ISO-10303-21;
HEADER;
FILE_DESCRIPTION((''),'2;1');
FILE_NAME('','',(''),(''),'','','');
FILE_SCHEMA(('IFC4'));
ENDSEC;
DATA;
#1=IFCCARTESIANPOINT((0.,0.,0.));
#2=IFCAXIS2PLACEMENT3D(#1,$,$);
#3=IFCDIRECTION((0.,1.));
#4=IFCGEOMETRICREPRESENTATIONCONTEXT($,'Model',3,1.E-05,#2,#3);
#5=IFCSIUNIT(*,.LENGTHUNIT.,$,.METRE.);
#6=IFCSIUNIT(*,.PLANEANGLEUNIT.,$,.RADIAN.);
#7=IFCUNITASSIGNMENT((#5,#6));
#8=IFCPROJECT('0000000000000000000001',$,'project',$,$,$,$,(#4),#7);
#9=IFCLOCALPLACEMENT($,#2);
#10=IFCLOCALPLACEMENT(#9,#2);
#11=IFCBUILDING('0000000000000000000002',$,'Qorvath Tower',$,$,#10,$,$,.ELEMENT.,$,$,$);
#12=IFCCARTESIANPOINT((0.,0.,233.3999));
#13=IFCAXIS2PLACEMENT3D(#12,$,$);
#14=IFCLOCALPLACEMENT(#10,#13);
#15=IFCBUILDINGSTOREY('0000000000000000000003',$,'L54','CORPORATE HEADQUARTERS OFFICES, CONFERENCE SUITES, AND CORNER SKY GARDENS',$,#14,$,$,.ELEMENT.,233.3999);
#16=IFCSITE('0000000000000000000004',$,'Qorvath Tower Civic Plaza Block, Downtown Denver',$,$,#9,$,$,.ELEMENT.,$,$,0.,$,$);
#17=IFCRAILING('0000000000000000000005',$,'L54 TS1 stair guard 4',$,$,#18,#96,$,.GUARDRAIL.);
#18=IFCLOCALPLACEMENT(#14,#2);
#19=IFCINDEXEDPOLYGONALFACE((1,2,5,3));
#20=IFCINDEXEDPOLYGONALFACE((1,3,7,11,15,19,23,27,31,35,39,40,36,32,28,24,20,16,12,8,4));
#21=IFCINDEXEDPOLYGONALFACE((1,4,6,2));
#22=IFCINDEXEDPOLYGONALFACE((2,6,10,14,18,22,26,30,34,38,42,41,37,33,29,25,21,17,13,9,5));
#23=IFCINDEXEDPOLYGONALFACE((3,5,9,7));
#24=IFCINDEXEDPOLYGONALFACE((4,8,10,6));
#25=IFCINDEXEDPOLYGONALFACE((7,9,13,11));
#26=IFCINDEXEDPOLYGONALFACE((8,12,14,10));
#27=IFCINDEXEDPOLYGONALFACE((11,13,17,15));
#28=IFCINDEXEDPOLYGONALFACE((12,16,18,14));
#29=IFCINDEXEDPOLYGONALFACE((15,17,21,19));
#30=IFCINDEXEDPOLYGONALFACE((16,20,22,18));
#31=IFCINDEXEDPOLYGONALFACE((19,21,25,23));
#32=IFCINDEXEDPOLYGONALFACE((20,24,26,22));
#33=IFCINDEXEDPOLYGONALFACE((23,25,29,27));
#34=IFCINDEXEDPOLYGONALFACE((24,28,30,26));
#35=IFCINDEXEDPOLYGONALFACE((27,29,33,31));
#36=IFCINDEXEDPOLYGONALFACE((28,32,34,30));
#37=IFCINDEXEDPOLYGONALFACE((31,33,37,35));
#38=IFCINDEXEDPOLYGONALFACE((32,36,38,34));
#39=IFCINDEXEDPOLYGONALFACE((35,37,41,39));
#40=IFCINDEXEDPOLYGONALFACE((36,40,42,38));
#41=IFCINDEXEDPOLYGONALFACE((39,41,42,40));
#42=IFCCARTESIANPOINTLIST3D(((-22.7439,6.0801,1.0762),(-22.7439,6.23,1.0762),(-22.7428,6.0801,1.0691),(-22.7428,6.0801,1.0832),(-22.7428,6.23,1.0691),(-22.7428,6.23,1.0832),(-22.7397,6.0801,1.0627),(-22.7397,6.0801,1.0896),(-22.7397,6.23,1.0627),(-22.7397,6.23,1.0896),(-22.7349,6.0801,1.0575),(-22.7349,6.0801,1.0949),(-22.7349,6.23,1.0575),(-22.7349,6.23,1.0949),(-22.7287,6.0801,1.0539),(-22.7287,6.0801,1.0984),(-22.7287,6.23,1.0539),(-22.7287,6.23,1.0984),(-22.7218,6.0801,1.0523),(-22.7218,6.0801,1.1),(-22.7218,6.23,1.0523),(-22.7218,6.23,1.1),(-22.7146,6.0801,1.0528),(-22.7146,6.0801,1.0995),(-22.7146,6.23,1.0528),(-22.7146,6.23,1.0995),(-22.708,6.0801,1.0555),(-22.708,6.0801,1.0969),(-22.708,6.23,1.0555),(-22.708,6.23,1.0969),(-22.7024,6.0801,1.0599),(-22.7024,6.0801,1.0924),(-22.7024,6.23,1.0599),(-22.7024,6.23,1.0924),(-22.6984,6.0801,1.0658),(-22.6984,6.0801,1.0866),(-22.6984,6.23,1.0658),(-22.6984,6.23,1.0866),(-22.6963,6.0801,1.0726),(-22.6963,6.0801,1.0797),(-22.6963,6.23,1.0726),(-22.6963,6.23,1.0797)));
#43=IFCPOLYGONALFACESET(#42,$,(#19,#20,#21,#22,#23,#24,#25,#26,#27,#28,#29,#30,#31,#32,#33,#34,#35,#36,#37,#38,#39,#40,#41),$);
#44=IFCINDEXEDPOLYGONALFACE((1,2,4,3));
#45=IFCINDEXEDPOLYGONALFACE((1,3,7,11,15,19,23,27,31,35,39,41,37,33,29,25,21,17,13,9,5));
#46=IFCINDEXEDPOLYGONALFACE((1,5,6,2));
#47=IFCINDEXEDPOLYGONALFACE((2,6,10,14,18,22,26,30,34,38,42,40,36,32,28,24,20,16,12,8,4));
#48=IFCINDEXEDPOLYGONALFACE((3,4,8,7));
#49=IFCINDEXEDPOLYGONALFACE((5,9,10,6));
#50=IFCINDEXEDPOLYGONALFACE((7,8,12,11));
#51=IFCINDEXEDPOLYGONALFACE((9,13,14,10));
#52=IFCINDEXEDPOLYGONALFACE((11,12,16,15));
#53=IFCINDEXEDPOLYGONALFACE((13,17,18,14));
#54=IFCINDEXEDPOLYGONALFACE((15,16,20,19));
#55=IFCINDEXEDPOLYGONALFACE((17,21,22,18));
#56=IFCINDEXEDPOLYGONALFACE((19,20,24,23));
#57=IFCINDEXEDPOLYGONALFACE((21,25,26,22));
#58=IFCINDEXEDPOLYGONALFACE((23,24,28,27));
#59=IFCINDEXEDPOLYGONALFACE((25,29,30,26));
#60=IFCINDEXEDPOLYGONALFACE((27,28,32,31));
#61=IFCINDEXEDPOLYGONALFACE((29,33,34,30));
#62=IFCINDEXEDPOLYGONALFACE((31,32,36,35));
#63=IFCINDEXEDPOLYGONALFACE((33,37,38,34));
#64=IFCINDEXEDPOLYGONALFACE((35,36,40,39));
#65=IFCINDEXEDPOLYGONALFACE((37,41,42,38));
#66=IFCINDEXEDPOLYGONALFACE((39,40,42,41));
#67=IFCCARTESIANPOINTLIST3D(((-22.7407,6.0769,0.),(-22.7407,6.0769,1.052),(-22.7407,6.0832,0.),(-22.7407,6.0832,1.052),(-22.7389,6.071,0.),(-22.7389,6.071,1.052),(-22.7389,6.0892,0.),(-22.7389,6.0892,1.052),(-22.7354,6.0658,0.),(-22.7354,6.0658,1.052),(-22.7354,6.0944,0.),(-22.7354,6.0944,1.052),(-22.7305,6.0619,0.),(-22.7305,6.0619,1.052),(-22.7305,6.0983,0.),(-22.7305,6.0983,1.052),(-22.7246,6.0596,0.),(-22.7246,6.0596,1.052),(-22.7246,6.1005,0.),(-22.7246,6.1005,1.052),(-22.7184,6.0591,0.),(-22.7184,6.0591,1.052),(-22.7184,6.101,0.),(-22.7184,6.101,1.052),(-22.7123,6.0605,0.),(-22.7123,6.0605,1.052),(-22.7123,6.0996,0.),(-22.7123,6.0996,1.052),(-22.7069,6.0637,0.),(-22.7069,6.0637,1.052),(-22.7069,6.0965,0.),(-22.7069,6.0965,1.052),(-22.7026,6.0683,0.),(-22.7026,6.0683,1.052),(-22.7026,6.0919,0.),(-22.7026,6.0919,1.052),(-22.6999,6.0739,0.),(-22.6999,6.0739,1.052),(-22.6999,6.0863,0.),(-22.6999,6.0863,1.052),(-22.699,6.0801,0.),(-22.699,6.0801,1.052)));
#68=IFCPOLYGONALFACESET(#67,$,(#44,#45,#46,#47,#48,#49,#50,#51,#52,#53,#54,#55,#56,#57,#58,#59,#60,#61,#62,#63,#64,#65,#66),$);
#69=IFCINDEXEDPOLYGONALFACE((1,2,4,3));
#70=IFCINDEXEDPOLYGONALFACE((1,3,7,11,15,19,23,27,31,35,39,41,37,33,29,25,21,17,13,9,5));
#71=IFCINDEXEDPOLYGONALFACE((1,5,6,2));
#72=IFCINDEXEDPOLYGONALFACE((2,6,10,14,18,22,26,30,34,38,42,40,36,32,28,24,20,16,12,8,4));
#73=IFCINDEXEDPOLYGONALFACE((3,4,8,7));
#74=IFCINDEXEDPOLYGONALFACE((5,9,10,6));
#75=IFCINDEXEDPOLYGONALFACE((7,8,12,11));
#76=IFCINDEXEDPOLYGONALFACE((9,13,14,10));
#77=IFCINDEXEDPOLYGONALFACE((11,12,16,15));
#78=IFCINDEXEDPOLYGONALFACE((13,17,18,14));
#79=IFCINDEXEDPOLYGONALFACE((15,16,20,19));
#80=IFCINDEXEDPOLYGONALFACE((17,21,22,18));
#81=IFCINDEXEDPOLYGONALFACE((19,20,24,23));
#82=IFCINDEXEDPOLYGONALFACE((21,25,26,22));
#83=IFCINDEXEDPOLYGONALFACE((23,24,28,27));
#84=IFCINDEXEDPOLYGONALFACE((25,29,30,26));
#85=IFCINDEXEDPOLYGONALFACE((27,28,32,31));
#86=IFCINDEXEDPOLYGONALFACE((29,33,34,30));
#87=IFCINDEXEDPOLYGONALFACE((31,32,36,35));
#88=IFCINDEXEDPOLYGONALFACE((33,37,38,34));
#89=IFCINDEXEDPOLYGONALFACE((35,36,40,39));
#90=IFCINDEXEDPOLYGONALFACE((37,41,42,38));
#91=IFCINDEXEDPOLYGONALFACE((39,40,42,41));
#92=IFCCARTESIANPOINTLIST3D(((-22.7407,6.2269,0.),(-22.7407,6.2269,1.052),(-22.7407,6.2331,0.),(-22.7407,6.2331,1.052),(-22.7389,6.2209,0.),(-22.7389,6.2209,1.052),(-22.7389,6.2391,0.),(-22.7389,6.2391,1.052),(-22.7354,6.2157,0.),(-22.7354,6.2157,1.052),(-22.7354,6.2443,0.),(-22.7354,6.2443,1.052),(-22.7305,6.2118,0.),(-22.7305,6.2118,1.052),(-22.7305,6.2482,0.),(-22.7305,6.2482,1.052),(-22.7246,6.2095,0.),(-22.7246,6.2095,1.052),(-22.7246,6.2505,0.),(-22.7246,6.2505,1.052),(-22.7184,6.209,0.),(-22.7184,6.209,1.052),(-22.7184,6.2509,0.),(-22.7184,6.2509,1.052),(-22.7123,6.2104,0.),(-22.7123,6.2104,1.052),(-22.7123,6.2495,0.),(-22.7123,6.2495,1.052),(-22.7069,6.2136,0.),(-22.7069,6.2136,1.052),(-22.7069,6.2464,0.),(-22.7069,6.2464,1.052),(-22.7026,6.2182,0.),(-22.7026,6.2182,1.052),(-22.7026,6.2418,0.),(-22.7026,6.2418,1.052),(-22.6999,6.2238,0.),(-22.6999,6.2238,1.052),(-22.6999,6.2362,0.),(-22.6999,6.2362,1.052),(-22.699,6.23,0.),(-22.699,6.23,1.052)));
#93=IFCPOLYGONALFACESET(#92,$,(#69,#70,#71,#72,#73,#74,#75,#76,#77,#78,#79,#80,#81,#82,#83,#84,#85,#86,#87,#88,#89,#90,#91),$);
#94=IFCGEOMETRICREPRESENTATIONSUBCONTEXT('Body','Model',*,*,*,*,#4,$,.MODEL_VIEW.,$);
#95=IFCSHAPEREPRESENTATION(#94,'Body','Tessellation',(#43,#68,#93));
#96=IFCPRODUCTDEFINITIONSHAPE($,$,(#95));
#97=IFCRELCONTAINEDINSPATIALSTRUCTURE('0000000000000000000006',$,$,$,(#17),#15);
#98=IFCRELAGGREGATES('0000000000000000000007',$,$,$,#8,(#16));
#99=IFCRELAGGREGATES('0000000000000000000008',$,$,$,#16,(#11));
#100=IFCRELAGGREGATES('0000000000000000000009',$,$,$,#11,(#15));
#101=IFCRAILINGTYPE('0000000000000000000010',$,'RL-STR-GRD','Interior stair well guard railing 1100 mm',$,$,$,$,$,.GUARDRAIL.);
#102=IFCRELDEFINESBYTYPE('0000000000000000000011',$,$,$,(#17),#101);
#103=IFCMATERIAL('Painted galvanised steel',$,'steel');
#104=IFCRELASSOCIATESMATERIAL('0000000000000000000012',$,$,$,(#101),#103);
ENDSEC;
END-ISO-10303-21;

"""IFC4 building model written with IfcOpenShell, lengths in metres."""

from ifc_helpers import new_model, si_unit, direction, frame, origin, origin_2d, place, context, subcontext, project, spatial, circle, extrude, material, type_object, element, save


model = new_model("IFC4")

# Units and contexts
model_context = context("Model", 3, precision=1e-05, world=origin(), true_north=direction((0.0, 1.0)))
body_context = subcontext(model_context, "Body", "Model", "MODEL_VIEW")
ifc_project = project(units=[si_unit("LENGTHUNIT", "METRE"), si_unit("PLANEANGLEUNIT", "RADIAN")], contexts=[model_context])

# Site, building, storey
site_placement = place(None, origin())
site = spatial("IfcSite", under=ifc_project, at=site_placement, Name="Qorvath Tower Civic Plaza Block, Downtown Denver", CompositionType="ELEMENT", RefElevation=0.0)
building_placement = place(site_placement, origin())
building = spatial("IfcBuilding", under=site, at=building_placement, Name="Qorvath Tower", CompositionType="ELEMENT")
storey_placement = place(building_placement, frame((0.0, 0.0, 233.3999)))
storey = spatial("IfcBuildingStorey", under=building, at=storey_placement, Name="L54", Description="CORPORATE HEADQUARTERS OFFICES, CONFERENCE SUITES, AND CORNER SKY GARDENS", CompositionType="ELEMENT", Elevation=233.3999)

# Railing
ifc_material_1 = material(Name="Painted galvanised steel", Category="steel")
railing_type_1 = type_object("IfcRailingType", Name="RL-STR-GRD", Description="Interior stair well guard railing 1100 mm", PredefinedType="GUARDRAIL", material=ifc_material_1)
railing_1_placement = place(storey_placement, frame((-22.72, 6.0801, 0.0)))
element("IfcRailing", 1, at=railing_1_placement, inside=storey, type_object=railing_type_1, Name="L54 TS1 stair guard 4", PredefinedType="GUARDRAIL", context=body_context, shape_type="SweptSolid", body=[
    extrude(circle(Radius=0.0239, at=origin_2d()), frame((0.0, 0.0, 1.0762), z_axis=(0.0, 1.0, 0.0), x_axis=(-1.0, 0.0, 0.0)), (0.0, 0.0, 1.0), 0.1499),
    extrude(circle(Radius=0.021, at=origin_2d()), origin(), (0.0, 0.0, 1.0), 1.052),
    extrude(circle(Radius=0.021, at=origin_2d()), frame((0.0, 0.1499, 0.0)), (0.0, 0.0, 1.0), 1.052),
])

save(model, "model.ifc")
